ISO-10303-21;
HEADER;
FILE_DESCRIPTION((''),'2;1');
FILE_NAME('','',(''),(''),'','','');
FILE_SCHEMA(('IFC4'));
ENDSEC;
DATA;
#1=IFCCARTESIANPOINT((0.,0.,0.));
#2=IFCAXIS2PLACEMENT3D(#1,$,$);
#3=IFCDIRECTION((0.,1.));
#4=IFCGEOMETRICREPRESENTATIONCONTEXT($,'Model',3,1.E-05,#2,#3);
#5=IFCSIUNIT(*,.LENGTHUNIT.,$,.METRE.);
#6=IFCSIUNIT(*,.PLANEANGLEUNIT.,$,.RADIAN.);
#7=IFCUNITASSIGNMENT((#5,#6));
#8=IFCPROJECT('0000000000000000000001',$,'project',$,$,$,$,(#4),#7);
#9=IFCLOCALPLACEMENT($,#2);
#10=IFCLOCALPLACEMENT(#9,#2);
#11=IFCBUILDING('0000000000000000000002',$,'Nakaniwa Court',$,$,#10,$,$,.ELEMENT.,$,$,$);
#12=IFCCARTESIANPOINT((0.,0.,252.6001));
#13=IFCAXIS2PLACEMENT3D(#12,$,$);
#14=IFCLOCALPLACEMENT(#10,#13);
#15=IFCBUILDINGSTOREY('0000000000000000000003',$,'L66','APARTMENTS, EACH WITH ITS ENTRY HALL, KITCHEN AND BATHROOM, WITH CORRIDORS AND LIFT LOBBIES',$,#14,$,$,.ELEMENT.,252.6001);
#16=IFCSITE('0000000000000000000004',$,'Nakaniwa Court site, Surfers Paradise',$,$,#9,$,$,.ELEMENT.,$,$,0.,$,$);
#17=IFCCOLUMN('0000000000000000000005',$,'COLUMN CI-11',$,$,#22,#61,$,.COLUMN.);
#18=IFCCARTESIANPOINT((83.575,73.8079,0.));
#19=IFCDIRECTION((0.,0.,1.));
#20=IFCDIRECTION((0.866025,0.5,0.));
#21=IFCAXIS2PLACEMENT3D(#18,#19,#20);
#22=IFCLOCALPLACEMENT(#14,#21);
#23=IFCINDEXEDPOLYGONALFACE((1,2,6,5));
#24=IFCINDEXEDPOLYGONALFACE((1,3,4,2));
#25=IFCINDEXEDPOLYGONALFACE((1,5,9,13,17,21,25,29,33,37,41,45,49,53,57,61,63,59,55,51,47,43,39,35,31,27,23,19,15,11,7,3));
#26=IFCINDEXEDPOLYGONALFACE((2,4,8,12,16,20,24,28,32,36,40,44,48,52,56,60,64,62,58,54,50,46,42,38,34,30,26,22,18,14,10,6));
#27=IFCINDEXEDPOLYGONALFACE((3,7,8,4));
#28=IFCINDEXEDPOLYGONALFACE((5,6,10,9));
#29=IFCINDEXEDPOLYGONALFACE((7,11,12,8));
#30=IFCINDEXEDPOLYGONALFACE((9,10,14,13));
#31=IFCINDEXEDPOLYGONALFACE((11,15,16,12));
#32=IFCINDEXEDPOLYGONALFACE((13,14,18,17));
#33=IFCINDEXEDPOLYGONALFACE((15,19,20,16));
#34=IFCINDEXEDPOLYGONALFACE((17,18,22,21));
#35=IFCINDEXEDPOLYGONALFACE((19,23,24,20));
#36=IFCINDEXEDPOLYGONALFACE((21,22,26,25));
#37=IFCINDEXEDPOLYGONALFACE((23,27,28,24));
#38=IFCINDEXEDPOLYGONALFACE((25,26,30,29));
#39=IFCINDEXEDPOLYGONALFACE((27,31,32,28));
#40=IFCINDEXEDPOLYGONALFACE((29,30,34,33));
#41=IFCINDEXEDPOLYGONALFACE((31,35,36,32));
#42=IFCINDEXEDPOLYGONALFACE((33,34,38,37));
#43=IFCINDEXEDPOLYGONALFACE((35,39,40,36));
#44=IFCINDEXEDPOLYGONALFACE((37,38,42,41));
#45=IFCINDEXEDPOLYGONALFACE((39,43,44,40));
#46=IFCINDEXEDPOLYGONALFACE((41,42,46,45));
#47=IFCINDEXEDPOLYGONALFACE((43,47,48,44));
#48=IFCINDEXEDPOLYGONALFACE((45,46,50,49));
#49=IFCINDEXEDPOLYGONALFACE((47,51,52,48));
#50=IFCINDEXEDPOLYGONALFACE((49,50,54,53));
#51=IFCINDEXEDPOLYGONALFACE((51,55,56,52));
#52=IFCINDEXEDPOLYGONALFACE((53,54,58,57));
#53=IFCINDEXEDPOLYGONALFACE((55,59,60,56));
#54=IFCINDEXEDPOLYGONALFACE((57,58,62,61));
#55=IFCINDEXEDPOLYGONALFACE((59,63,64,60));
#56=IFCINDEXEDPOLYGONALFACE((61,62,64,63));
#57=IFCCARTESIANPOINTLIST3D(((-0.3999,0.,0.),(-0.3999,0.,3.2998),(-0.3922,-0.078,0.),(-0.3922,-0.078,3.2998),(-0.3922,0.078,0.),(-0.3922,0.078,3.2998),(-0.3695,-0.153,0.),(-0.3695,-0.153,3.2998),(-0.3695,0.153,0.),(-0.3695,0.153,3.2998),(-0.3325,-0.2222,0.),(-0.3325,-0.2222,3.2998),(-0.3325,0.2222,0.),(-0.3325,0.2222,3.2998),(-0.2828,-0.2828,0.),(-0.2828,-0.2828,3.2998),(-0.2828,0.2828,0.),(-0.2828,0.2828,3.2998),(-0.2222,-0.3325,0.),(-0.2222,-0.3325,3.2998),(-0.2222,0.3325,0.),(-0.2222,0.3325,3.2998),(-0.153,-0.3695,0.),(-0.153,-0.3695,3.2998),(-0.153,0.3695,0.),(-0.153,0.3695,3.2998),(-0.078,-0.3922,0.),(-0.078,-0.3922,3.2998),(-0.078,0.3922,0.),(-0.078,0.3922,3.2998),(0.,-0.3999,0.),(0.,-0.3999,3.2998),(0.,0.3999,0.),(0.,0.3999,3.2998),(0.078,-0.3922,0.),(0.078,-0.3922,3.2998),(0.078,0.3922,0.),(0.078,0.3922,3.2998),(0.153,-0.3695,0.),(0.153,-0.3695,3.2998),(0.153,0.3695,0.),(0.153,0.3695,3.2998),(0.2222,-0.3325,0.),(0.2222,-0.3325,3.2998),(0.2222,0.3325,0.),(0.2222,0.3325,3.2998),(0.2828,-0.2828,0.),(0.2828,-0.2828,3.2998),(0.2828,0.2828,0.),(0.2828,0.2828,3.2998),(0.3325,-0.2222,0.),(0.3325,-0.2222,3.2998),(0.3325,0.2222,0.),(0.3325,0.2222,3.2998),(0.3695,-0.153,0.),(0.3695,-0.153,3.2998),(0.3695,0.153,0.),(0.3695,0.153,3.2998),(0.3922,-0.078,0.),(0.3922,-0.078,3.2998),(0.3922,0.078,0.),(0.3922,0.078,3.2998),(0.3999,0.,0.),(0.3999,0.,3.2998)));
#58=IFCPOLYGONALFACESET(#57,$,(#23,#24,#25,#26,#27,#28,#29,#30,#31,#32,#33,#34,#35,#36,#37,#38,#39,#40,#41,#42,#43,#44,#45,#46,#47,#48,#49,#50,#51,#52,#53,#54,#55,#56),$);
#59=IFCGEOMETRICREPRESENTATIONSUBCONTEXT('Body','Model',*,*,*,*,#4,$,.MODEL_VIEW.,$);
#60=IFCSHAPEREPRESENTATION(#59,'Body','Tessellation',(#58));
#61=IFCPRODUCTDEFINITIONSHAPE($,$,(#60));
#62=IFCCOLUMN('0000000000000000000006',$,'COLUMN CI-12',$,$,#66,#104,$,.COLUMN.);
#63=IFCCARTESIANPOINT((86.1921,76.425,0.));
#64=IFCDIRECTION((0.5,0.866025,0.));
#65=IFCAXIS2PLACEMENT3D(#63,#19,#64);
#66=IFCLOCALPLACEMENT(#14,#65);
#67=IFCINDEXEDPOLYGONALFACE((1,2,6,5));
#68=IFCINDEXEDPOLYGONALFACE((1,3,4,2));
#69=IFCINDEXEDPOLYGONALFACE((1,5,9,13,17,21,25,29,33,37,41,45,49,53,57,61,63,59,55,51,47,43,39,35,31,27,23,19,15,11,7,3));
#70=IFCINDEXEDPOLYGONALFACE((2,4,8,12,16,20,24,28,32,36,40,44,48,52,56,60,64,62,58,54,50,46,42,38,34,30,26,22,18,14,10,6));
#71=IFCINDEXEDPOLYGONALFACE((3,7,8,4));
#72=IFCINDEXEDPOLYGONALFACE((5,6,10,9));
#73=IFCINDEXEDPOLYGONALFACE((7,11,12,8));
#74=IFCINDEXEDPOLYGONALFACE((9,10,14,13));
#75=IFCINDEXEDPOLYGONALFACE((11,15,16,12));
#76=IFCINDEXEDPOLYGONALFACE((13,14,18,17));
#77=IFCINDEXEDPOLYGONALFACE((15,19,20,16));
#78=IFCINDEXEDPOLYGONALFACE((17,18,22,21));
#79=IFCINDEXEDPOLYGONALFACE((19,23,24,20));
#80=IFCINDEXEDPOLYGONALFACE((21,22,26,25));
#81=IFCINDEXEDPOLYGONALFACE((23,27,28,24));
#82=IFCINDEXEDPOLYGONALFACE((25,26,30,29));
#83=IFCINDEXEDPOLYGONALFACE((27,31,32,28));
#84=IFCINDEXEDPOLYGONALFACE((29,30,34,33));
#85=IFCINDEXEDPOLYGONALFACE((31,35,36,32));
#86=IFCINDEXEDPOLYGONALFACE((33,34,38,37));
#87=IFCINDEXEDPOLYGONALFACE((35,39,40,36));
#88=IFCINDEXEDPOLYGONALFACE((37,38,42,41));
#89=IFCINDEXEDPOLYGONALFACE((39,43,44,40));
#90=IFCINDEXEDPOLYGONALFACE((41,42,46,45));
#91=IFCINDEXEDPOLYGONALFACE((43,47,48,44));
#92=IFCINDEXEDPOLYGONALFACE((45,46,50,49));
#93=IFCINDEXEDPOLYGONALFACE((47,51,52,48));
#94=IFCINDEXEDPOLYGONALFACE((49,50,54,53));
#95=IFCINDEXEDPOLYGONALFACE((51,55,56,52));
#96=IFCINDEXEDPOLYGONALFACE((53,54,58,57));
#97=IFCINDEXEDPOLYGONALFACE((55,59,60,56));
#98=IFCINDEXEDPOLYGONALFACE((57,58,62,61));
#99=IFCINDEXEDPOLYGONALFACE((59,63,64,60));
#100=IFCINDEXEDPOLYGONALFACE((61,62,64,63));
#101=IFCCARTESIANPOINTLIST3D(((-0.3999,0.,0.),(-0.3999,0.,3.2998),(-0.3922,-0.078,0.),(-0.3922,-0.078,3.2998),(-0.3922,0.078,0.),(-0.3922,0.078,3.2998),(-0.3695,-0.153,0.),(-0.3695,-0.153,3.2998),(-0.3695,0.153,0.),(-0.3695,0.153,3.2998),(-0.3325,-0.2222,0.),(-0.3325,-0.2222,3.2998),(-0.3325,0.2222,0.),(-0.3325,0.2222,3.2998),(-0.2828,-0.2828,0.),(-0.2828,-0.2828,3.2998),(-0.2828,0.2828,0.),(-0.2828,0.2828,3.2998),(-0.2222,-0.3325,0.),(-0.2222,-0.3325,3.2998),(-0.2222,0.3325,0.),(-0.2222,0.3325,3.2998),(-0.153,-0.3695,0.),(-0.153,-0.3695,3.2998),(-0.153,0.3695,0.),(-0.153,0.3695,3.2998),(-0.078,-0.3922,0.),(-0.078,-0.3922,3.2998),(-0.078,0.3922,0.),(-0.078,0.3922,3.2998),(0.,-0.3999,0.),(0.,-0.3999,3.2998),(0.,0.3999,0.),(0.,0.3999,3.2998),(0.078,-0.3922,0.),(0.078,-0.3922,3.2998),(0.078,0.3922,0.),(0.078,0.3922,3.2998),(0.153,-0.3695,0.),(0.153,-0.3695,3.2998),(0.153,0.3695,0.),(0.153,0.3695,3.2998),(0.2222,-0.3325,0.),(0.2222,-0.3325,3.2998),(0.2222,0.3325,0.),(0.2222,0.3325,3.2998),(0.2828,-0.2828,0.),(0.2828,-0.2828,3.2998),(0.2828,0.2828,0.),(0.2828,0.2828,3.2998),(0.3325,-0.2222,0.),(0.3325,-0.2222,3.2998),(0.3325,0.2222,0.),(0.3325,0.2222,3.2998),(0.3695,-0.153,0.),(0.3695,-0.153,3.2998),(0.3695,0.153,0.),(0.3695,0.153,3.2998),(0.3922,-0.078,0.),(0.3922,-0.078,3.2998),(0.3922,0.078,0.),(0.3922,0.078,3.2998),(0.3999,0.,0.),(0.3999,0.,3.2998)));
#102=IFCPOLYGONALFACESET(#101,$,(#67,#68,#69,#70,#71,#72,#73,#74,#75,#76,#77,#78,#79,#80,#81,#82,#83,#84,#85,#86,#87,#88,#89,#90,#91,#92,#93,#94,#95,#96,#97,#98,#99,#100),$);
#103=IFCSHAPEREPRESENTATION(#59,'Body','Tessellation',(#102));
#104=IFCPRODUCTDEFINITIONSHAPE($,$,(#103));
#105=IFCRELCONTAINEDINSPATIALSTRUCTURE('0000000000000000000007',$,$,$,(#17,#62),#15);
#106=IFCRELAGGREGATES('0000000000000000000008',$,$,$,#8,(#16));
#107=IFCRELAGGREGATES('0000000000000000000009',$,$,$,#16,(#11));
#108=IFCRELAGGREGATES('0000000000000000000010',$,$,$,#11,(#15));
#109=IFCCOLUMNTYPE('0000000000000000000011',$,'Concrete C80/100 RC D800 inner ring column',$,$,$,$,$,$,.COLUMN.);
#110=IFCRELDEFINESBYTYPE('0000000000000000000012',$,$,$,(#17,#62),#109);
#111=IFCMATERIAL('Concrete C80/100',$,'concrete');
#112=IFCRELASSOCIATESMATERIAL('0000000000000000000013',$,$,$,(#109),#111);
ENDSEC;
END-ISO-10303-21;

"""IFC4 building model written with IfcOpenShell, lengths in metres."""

from ifc_helpers import new_model, si_unit, direction, frame, origin, origin_2d, place, context, subcontext, project, spatial, circle, extrude, material, material_profile, profile_set, type_object, element, save


model = new_model("IFC4")

# Units and contexts
model_context = context("Model", 3, precision=1e-05, world=origin(), true_north=direction((0.0, 1.0)))
body_context = subcontext(model_context, "Body", "Model", "MODEL_VIEW")
ifc_project = project(units=[si_unit("LENGTHUNIT", "METRE"), si_unit("PLANEANGLEUNIT", "RADIAN")], contexts=[model_context])

# Site, building, storey
site_placement = place(None, origin())
site = spatial("IfcSite", under=ifc_project, at=site_placement, Name="Nakaniwa Court site, Surfers Paradise", CompositionType="ELEMENT", RefElevation=0.0)
building_placement = place(site_placement, origin())
building = spatial("IfcBuilding", under=site, at=building_placement, Name="Nakaniwa Court", CompositionType="ELEMENT")
storey_placement = place(building_placement, frame((0.0, 0.0, 252.6001)))
storey = spatial("IfcBuildingStorey", under=building, at=storey_placement, Name="L66", Description="APARTMENTS, EACH WITH ITS ENTRY HALL, KITCHEN AND BATHROOM, WITH CORRIDORS AND LIFT LOBBIES", CompositionType="ELEMENT", Elevation=252.6001)

# Columns
ifc_material_1 = material(Name="Concrete C80/100", Category="concrete")
ifc_material_profile_1 = material_profile(ifc_material_1, circle(Radius=0.3999, at=origin_2d()), Name="Concrete C80/100 RC D800 inner ring column")
ifc_profile_set_1 = profile_set([ifc_material_profile_1], Name="Concrete C80/100")
column_type = type_object("IfcColumnType", Name="Concrete C80/100 RC D800 inner ring column", PredefinedType="COLUMN", material=ifc_profile_set_1)
for number, where, z_axis, x_axis, name in (
    (1, (83.575, 73.8079, 0.0), (0.0, 0.0, 1.0), (0.866025, 0.5, 0.0), "COLUMN CI-11"),
    (2, (86.1921, 76.425, 0.0), (0.0, 0.0, 1.0), (0.5, 0.866025, 0.0), "COLUMN CI-12"),
):
    element("IfcColumn", number, at=place(storey_placement, frame(where, z_axis=z_axis, x_axis=x_axis)), inside=storey, type_object=column_type, Name=name, PredefinedType="COLUMN", context=body_context, shape_type="SweptSolid", body=[
        extrude(circle(Radius=0.3999, at=origin_2d()), origin(), (0.0, 0.0, 1.0), 3.2998),
    ])

save(model, "model.ifc")
